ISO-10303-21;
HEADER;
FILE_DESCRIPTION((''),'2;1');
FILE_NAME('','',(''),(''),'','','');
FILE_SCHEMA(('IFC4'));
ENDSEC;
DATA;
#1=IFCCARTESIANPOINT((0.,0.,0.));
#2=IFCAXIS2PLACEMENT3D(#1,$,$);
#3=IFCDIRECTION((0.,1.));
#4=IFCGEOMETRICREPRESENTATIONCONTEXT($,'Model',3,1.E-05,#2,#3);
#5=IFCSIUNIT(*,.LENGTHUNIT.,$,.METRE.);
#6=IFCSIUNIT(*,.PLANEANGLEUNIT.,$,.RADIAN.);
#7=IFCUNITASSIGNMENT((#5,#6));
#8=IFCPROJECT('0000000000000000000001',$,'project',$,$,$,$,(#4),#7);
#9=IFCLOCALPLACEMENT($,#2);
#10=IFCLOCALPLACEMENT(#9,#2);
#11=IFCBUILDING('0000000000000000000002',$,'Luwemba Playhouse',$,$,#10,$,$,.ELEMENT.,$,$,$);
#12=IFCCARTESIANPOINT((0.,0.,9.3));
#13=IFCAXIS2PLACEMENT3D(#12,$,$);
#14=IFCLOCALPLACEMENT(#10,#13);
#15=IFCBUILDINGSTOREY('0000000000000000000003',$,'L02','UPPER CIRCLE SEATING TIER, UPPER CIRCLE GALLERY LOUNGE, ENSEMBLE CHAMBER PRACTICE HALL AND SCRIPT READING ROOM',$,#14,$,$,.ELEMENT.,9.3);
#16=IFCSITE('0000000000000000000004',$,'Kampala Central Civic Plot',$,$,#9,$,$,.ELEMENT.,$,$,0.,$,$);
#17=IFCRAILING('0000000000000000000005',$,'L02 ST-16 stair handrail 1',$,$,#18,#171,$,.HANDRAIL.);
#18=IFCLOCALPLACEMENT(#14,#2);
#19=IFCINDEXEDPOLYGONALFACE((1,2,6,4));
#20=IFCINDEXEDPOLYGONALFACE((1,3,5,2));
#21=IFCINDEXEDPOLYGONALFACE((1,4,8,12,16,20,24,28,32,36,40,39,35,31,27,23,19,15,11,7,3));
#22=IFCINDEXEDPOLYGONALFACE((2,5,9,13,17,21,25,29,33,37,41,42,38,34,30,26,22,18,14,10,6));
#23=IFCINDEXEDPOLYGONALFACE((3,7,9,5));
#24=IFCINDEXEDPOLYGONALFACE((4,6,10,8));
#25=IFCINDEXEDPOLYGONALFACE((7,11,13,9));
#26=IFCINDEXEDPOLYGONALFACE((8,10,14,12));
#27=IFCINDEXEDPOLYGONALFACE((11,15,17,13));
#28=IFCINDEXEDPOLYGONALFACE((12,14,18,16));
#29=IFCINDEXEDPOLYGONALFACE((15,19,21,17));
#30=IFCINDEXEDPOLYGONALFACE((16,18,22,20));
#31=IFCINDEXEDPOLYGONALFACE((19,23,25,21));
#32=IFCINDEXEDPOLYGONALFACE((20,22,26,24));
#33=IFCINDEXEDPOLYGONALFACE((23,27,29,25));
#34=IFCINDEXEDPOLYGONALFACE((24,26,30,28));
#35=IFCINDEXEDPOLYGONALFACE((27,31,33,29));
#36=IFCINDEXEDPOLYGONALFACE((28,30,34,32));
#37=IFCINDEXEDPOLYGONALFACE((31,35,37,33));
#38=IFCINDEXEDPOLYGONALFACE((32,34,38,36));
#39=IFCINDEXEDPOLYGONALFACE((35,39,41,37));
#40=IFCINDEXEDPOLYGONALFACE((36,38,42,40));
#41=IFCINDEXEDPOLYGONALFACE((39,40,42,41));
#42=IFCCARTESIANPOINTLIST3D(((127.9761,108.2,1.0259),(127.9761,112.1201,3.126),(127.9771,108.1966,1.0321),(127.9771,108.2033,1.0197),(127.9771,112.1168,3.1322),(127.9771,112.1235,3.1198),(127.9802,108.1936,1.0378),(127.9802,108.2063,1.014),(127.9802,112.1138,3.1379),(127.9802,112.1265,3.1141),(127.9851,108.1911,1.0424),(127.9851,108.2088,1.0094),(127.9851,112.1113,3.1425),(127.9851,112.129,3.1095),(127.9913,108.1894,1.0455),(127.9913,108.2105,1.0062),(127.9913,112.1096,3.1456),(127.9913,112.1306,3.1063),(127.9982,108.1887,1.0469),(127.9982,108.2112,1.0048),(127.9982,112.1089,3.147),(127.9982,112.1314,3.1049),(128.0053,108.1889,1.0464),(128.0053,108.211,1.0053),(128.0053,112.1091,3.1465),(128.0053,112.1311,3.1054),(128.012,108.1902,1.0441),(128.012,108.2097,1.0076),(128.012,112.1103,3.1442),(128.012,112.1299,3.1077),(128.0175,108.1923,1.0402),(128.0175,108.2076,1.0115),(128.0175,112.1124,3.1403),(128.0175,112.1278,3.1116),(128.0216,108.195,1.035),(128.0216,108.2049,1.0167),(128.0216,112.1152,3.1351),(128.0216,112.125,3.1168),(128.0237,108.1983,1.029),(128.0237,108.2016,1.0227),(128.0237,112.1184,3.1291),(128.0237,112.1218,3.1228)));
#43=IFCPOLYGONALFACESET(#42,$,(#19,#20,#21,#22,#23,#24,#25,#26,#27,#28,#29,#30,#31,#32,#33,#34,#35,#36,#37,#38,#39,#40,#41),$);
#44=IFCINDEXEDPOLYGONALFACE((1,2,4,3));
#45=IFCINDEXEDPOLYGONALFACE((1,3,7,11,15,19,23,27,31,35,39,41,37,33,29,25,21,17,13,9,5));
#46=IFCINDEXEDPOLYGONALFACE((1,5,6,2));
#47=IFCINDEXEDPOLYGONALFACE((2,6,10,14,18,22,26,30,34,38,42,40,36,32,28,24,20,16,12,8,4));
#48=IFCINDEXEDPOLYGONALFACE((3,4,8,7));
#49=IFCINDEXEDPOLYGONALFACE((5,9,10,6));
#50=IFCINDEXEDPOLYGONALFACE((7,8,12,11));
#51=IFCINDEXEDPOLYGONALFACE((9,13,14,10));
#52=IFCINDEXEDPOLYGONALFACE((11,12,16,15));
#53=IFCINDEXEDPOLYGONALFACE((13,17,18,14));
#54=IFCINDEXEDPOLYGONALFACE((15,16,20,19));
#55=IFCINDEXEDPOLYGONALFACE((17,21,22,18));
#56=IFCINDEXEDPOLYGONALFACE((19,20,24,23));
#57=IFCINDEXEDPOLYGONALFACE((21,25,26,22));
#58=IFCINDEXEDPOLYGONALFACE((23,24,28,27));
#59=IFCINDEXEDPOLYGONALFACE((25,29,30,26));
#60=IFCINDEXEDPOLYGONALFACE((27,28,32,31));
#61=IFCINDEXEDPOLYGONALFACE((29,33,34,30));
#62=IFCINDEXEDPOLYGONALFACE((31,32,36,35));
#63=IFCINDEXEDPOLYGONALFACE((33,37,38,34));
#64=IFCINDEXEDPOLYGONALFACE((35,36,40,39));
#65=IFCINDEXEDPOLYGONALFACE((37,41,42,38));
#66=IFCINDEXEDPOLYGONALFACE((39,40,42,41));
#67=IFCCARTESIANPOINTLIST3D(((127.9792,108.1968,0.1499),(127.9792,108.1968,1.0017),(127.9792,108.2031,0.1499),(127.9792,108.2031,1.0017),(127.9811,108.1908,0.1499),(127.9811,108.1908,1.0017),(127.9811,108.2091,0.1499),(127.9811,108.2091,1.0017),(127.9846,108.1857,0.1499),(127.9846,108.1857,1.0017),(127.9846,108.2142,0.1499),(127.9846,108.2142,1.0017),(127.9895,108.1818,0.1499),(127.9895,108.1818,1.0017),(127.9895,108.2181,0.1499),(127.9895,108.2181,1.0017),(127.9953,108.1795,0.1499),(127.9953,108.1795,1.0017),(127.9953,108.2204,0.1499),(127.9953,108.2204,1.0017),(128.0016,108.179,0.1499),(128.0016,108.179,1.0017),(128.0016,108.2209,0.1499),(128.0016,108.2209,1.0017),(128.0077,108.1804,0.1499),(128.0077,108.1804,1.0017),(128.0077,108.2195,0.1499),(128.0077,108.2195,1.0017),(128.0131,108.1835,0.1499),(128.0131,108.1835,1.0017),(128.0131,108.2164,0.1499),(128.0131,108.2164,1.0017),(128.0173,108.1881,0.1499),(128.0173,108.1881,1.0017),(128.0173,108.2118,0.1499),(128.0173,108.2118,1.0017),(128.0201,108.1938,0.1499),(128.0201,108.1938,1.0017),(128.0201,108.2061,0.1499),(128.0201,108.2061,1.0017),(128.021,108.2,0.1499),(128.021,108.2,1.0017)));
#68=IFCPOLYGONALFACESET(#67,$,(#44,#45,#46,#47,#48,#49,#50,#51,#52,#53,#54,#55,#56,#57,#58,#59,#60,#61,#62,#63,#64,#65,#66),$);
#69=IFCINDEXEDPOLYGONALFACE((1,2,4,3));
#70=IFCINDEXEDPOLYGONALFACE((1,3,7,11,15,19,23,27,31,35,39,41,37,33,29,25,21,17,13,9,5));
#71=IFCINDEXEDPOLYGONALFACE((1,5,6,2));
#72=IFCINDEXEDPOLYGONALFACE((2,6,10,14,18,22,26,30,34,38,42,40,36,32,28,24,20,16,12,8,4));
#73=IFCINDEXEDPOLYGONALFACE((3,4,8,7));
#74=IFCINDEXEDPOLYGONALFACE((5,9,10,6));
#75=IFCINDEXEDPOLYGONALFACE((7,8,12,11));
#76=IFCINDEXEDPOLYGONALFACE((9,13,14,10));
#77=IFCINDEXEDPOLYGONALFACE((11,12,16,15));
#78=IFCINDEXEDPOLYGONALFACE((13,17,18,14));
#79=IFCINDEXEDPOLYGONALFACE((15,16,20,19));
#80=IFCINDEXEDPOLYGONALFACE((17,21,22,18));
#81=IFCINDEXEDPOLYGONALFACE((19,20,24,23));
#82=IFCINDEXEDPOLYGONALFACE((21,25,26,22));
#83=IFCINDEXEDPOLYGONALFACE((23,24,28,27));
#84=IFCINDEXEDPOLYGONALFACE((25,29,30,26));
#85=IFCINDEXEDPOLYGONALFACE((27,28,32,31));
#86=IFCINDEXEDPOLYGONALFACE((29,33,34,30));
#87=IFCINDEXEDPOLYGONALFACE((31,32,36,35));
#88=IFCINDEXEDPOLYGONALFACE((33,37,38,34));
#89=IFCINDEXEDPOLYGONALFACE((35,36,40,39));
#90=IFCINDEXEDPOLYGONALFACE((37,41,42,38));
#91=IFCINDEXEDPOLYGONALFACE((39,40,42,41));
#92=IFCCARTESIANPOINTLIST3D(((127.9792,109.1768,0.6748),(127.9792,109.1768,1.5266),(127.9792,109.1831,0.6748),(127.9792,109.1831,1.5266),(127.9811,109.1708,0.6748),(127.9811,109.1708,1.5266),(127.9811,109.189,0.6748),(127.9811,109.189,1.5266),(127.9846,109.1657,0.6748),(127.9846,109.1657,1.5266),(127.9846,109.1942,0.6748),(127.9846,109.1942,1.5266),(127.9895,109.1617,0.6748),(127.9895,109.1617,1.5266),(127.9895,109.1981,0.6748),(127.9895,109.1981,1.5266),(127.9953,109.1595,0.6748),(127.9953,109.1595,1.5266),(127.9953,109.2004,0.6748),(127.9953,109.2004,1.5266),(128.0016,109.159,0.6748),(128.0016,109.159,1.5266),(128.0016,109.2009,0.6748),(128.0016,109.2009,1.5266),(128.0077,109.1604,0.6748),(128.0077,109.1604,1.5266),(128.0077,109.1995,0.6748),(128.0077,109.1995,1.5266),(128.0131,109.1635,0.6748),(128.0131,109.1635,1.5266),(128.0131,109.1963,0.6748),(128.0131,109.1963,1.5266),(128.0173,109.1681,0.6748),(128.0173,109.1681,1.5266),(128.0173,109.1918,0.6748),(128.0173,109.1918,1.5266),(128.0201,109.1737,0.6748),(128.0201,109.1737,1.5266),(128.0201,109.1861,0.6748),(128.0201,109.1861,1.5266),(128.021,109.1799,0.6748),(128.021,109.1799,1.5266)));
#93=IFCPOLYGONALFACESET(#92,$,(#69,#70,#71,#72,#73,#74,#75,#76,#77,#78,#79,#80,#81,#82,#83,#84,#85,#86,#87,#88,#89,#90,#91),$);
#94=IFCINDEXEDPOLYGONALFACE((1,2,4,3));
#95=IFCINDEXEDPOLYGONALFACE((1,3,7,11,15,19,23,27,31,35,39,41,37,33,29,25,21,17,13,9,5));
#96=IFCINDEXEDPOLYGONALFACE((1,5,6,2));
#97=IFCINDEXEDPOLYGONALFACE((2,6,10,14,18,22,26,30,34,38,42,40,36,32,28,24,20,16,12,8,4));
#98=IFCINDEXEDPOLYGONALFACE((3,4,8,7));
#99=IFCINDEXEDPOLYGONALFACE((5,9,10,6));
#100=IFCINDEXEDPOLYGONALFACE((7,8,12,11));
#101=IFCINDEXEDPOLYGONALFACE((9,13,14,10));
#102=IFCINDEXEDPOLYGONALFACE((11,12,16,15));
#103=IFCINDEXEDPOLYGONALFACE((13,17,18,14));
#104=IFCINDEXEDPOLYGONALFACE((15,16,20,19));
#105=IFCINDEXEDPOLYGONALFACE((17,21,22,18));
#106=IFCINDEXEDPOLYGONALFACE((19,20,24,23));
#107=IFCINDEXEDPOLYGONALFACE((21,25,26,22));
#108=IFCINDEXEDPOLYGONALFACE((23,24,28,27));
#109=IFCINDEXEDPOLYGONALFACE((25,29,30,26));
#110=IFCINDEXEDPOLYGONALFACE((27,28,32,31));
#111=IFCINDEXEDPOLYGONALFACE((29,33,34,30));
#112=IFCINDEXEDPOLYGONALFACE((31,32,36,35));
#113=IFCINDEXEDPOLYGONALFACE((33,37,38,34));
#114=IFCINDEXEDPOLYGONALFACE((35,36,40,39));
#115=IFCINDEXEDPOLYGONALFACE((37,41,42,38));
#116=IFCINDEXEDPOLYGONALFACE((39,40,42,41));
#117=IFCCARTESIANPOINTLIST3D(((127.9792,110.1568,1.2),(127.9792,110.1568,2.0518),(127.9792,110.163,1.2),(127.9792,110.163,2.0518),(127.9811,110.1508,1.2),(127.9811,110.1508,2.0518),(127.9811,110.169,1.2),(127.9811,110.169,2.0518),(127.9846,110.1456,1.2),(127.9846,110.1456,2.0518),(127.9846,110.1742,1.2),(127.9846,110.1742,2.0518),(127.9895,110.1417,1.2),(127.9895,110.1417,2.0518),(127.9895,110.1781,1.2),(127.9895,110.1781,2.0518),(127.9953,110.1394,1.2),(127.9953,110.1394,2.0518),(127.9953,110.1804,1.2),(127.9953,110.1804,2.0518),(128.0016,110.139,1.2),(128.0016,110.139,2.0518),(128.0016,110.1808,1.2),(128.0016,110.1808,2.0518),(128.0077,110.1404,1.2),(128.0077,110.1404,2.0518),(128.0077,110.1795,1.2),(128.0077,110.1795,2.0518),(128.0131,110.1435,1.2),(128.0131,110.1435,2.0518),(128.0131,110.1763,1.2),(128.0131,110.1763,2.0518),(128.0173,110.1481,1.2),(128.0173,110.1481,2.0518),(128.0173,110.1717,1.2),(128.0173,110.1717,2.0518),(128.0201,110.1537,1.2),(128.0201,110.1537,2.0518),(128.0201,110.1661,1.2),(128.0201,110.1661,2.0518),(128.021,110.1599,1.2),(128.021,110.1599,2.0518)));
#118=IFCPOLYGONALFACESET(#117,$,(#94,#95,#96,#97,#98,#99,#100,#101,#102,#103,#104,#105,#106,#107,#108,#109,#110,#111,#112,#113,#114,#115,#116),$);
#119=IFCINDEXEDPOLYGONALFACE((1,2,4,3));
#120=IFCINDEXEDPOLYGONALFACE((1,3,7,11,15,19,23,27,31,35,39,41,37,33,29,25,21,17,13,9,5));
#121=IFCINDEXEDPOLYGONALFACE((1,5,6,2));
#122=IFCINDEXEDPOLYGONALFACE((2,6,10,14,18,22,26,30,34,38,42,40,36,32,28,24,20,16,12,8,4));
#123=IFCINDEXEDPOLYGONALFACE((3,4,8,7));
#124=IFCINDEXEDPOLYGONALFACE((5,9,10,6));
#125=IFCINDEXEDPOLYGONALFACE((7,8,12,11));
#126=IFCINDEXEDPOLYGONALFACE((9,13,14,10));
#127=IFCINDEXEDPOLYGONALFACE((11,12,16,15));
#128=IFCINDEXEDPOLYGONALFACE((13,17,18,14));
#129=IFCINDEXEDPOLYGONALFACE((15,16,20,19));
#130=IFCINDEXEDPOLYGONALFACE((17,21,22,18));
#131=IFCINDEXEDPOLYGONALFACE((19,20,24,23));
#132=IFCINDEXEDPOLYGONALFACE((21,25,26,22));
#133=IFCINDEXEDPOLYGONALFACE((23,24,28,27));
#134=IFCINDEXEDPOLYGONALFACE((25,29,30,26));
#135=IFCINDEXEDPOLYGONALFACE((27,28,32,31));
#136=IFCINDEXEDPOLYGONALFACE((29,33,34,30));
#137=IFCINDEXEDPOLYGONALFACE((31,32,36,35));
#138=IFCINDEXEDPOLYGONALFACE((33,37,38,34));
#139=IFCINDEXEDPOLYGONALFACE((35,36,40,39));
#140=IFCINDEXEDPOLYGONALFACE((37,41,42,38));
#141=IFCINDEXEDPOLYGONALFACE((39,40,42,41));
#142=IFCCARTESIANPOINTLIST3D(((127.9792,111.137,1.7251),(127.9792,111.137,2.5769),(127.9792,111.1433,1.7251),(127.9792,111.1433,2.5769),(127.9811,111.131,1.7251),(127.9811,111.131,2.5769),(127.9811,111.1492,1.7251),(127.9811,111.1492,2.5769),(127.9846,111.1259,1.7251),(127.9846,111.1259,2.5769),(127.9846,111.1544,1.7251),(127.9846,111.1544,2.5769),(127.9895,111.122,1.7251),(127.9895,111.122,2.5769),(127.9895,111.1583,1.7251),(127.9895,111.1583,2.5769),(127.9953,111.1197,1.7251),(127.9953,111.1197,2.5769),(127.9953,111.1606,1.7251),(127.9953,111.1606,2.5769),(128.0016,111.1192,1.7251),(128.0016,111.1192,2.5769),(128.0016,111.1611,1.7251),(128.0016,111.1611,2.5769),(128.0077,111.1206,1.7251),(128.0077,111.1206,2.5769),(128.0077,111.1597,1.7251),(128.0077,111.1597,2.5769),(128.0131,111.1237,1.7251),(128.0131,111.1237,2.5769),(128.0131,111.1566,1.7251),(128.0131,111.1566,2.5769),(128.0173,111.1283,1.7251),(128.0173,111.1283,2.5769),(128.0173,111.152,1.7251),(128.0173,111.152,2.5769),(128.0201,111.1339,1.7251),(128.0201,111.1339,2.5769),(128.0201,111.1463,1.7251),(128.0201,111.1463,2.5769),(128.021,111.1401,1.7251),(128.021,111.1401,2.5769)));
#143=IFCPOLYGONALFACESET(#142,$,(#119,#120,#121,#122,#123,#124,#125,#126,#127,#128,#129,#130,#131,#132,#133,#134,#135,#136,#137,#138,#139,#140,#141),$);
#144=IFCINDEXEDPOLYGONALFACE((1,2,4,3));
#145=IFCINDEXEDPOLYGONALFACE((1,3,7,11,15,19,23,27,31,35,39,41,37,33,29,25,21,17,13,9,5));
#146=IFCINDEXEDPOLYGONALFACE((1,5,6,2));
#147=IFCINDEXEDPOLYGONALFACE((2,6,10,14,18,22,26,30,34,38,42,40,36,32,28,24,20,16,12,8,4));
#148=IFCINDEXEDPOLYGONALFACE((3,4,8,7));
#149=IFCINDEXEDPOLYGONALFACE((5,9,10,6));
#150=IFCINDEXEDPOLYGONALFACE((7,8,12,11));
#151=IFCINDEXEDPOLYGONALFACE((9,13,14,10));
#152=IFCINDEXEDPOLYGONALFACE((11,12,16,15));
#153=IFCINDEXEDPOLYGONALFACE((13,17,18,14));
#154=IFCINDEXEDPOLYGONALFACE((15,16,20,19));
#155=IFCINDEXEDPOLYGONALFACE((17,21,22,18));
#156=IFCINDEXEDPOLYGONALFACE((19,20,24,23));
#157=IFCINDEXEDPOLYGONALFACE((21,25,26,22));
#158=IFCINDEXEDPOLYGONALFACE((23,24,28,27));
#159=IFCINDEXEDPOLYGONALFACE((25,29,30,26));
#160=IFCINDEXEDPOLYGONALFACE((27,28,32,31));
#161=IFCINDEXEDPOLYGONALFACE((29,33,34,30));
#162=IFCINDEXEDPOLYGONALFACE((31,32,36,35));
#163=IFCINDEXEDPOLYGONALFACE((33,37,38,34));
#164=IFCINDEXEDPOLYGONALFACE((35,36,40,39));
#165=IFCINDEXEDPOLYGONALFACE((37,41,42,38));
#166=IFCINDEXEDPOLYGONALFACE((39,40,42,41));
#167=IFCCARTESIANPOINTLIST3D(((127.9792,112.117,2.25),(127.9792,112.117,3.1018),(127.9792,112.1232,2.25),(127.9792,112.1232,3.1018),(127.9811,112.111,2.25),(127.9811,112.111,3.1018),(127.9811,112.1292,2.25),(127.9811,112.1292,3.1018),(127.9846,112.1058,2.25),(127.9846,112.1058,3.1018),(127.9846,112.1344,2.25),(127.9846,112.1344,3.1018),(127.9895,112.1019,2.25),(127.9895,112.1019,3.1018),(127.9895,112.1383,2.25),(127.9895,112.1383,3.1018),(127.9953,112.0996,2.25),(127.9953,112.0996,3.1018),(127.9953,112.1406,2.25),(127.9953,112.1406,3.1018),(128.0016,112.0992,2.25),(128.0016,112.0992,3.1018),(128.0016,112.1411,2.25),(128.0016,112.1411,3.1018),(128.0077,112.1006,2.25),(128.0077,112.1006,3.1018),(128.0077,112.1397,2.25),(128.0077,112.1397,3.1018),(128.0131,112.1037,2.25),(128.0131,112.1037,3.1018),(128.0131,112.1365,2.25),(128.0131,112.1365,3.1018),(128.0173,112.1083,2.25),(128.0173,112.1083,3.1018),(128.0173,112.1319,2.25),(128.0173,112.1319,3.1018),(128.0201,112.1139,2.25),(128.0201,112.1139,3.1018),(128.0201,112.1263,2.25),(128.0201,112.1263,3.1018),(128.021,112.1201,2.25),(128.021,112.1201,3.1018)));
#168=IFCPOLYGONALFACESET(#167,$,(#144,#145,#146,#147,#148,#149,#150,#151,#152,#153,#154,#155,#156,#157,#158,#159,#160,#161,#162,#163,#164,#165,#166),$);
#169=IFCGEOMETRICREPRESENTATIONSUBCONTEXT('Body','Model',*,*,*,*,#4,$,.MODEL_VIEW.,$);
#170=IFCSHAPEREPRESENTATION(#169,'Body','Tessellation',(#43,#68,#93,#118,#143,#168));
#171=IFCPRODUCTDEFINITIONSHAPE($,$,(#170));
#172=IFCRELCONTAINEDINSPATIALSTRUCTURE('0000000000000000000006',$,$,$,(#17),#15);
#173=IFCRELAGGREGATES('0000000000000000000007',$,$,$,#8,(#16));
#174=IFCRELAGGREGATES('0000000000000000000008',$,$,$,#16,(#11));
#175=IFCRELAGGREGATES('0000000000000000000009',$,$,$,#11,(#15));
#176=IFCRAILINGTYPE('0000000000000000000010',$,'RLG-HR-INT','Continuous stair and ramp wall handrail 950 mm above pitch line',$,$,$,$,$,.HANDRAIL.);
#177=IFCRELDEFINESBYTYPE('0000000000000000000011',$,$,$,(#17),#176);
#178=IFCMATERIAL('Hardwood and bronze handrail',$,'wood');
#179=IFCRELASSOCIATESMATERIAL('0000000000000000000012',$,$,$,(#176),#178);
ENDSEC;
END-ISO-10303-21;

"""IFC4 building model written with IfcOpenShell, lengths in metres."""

from ifc_helpers import new_model, si_unit, direction, frame, origin, origin_2d, place, context, subcontext, project, spatial, circle, extrude, material, type_object, element, save


model = new_model("IFC4")

# Units and contexts
model_context = context("Model", 3, precision=1e-05, world=origin(), true_north=direction((0.0, 1.0)))
body_context = subcontext(model_context, "Body", "Model", "MODEL_VIEW")
ifc_project = project(units=[si_unit("LENGTHUNIT", "METRE"), si_unit("PLANEANGLEUNIT", "RADIAN")], contexts=[model_context])

# Site, building, storey
site_placement = place(None, origin())
site = spatial("IfcSite", under=ifc_project, at=site_placement, Name="Kampala Central Civic Plot", CompositionType="ELEMENT", RefElevation=0.0)
building_placement = place(site_placement, origin())
building = spatial("IfcBuilding", under=site, at=building_placement, Name="Luwemba Playhouse", CompositionType="ELEMENT")
storey_placement = place(building_placement, frame((0.0, 0.0, 9.3)))
storey = spatial("IfcBuildingStorey", under=building, at=storey_placement, Name="L02", Description="UPPER CIRCLE SEATING TIER, UPPER CIRCLE GALLERY LOUNGE, ENSEMBLE CHAMBER PRACTICE HALL AND SCRIPT READING ROOM", CompositionType="ELEMENT", Elevation=9.3)

# Railing
ifc_material_1 = material(Name="Hardwood and bronze handrail", Category="wood")
railing_type_1 = type_object("IfcRailingType", Name="RLG-HR-INT", Description="Continuous stair and ramp wall handrail 950 mm above pitch line", PredefinedType="HANDRAIL", material=ifc_material_1)
railing_1_placement = place(storey_placement, frame((128.0, 108.2, 0.1499)))
element("IfcRailing", 1, at=railing_1_placement, inside=storey, type_object=railing_type_1, Name="L02 ST-16 stair handrail 1", PredefinedType="HANDRAIL", context=body_context, shape_type="SweptSolid", body=[
    extrude(circle(Radius=0.0239, at=origin_2d()), frame((0.0, 0.0, 0.876), z_axis=(0.0, 0.881479, 0.472223), x_axis=(-1.0, 0.0, 0.0)), (0.0, 0.0, 1.0), 4.4473),
    extrude(circle(Radius=0.021, at=origin_2d()), origin(), (0.0, 0.0, 1.0), 0.8518),
    extrude(circle(Radius=0.021, at=origin_2d()), frame((0.0, 0.98, 0.5249)), (0.0, 0.0, 1.0), 0.8518),
    extrude(circle(Radius=0.021, at=origin_2d()), frame((0.0, 1.96, 1.05)), (0.0, 0.0, 1.0), 0.8518),
    extrude(circle(Radius=0.021, at=origin_2d()), frame((0.0, 2.9402, 1.5752)), (0.0, 0.0, 1.0), 0.8518),
    extrude(circle(Radius=0.021, at=origin_2d()), frame((0.0, 3.9202, 2.1001)), (0.0, 0.0, 1.0), 0.8518),
])

save(model, "model.ifc")
